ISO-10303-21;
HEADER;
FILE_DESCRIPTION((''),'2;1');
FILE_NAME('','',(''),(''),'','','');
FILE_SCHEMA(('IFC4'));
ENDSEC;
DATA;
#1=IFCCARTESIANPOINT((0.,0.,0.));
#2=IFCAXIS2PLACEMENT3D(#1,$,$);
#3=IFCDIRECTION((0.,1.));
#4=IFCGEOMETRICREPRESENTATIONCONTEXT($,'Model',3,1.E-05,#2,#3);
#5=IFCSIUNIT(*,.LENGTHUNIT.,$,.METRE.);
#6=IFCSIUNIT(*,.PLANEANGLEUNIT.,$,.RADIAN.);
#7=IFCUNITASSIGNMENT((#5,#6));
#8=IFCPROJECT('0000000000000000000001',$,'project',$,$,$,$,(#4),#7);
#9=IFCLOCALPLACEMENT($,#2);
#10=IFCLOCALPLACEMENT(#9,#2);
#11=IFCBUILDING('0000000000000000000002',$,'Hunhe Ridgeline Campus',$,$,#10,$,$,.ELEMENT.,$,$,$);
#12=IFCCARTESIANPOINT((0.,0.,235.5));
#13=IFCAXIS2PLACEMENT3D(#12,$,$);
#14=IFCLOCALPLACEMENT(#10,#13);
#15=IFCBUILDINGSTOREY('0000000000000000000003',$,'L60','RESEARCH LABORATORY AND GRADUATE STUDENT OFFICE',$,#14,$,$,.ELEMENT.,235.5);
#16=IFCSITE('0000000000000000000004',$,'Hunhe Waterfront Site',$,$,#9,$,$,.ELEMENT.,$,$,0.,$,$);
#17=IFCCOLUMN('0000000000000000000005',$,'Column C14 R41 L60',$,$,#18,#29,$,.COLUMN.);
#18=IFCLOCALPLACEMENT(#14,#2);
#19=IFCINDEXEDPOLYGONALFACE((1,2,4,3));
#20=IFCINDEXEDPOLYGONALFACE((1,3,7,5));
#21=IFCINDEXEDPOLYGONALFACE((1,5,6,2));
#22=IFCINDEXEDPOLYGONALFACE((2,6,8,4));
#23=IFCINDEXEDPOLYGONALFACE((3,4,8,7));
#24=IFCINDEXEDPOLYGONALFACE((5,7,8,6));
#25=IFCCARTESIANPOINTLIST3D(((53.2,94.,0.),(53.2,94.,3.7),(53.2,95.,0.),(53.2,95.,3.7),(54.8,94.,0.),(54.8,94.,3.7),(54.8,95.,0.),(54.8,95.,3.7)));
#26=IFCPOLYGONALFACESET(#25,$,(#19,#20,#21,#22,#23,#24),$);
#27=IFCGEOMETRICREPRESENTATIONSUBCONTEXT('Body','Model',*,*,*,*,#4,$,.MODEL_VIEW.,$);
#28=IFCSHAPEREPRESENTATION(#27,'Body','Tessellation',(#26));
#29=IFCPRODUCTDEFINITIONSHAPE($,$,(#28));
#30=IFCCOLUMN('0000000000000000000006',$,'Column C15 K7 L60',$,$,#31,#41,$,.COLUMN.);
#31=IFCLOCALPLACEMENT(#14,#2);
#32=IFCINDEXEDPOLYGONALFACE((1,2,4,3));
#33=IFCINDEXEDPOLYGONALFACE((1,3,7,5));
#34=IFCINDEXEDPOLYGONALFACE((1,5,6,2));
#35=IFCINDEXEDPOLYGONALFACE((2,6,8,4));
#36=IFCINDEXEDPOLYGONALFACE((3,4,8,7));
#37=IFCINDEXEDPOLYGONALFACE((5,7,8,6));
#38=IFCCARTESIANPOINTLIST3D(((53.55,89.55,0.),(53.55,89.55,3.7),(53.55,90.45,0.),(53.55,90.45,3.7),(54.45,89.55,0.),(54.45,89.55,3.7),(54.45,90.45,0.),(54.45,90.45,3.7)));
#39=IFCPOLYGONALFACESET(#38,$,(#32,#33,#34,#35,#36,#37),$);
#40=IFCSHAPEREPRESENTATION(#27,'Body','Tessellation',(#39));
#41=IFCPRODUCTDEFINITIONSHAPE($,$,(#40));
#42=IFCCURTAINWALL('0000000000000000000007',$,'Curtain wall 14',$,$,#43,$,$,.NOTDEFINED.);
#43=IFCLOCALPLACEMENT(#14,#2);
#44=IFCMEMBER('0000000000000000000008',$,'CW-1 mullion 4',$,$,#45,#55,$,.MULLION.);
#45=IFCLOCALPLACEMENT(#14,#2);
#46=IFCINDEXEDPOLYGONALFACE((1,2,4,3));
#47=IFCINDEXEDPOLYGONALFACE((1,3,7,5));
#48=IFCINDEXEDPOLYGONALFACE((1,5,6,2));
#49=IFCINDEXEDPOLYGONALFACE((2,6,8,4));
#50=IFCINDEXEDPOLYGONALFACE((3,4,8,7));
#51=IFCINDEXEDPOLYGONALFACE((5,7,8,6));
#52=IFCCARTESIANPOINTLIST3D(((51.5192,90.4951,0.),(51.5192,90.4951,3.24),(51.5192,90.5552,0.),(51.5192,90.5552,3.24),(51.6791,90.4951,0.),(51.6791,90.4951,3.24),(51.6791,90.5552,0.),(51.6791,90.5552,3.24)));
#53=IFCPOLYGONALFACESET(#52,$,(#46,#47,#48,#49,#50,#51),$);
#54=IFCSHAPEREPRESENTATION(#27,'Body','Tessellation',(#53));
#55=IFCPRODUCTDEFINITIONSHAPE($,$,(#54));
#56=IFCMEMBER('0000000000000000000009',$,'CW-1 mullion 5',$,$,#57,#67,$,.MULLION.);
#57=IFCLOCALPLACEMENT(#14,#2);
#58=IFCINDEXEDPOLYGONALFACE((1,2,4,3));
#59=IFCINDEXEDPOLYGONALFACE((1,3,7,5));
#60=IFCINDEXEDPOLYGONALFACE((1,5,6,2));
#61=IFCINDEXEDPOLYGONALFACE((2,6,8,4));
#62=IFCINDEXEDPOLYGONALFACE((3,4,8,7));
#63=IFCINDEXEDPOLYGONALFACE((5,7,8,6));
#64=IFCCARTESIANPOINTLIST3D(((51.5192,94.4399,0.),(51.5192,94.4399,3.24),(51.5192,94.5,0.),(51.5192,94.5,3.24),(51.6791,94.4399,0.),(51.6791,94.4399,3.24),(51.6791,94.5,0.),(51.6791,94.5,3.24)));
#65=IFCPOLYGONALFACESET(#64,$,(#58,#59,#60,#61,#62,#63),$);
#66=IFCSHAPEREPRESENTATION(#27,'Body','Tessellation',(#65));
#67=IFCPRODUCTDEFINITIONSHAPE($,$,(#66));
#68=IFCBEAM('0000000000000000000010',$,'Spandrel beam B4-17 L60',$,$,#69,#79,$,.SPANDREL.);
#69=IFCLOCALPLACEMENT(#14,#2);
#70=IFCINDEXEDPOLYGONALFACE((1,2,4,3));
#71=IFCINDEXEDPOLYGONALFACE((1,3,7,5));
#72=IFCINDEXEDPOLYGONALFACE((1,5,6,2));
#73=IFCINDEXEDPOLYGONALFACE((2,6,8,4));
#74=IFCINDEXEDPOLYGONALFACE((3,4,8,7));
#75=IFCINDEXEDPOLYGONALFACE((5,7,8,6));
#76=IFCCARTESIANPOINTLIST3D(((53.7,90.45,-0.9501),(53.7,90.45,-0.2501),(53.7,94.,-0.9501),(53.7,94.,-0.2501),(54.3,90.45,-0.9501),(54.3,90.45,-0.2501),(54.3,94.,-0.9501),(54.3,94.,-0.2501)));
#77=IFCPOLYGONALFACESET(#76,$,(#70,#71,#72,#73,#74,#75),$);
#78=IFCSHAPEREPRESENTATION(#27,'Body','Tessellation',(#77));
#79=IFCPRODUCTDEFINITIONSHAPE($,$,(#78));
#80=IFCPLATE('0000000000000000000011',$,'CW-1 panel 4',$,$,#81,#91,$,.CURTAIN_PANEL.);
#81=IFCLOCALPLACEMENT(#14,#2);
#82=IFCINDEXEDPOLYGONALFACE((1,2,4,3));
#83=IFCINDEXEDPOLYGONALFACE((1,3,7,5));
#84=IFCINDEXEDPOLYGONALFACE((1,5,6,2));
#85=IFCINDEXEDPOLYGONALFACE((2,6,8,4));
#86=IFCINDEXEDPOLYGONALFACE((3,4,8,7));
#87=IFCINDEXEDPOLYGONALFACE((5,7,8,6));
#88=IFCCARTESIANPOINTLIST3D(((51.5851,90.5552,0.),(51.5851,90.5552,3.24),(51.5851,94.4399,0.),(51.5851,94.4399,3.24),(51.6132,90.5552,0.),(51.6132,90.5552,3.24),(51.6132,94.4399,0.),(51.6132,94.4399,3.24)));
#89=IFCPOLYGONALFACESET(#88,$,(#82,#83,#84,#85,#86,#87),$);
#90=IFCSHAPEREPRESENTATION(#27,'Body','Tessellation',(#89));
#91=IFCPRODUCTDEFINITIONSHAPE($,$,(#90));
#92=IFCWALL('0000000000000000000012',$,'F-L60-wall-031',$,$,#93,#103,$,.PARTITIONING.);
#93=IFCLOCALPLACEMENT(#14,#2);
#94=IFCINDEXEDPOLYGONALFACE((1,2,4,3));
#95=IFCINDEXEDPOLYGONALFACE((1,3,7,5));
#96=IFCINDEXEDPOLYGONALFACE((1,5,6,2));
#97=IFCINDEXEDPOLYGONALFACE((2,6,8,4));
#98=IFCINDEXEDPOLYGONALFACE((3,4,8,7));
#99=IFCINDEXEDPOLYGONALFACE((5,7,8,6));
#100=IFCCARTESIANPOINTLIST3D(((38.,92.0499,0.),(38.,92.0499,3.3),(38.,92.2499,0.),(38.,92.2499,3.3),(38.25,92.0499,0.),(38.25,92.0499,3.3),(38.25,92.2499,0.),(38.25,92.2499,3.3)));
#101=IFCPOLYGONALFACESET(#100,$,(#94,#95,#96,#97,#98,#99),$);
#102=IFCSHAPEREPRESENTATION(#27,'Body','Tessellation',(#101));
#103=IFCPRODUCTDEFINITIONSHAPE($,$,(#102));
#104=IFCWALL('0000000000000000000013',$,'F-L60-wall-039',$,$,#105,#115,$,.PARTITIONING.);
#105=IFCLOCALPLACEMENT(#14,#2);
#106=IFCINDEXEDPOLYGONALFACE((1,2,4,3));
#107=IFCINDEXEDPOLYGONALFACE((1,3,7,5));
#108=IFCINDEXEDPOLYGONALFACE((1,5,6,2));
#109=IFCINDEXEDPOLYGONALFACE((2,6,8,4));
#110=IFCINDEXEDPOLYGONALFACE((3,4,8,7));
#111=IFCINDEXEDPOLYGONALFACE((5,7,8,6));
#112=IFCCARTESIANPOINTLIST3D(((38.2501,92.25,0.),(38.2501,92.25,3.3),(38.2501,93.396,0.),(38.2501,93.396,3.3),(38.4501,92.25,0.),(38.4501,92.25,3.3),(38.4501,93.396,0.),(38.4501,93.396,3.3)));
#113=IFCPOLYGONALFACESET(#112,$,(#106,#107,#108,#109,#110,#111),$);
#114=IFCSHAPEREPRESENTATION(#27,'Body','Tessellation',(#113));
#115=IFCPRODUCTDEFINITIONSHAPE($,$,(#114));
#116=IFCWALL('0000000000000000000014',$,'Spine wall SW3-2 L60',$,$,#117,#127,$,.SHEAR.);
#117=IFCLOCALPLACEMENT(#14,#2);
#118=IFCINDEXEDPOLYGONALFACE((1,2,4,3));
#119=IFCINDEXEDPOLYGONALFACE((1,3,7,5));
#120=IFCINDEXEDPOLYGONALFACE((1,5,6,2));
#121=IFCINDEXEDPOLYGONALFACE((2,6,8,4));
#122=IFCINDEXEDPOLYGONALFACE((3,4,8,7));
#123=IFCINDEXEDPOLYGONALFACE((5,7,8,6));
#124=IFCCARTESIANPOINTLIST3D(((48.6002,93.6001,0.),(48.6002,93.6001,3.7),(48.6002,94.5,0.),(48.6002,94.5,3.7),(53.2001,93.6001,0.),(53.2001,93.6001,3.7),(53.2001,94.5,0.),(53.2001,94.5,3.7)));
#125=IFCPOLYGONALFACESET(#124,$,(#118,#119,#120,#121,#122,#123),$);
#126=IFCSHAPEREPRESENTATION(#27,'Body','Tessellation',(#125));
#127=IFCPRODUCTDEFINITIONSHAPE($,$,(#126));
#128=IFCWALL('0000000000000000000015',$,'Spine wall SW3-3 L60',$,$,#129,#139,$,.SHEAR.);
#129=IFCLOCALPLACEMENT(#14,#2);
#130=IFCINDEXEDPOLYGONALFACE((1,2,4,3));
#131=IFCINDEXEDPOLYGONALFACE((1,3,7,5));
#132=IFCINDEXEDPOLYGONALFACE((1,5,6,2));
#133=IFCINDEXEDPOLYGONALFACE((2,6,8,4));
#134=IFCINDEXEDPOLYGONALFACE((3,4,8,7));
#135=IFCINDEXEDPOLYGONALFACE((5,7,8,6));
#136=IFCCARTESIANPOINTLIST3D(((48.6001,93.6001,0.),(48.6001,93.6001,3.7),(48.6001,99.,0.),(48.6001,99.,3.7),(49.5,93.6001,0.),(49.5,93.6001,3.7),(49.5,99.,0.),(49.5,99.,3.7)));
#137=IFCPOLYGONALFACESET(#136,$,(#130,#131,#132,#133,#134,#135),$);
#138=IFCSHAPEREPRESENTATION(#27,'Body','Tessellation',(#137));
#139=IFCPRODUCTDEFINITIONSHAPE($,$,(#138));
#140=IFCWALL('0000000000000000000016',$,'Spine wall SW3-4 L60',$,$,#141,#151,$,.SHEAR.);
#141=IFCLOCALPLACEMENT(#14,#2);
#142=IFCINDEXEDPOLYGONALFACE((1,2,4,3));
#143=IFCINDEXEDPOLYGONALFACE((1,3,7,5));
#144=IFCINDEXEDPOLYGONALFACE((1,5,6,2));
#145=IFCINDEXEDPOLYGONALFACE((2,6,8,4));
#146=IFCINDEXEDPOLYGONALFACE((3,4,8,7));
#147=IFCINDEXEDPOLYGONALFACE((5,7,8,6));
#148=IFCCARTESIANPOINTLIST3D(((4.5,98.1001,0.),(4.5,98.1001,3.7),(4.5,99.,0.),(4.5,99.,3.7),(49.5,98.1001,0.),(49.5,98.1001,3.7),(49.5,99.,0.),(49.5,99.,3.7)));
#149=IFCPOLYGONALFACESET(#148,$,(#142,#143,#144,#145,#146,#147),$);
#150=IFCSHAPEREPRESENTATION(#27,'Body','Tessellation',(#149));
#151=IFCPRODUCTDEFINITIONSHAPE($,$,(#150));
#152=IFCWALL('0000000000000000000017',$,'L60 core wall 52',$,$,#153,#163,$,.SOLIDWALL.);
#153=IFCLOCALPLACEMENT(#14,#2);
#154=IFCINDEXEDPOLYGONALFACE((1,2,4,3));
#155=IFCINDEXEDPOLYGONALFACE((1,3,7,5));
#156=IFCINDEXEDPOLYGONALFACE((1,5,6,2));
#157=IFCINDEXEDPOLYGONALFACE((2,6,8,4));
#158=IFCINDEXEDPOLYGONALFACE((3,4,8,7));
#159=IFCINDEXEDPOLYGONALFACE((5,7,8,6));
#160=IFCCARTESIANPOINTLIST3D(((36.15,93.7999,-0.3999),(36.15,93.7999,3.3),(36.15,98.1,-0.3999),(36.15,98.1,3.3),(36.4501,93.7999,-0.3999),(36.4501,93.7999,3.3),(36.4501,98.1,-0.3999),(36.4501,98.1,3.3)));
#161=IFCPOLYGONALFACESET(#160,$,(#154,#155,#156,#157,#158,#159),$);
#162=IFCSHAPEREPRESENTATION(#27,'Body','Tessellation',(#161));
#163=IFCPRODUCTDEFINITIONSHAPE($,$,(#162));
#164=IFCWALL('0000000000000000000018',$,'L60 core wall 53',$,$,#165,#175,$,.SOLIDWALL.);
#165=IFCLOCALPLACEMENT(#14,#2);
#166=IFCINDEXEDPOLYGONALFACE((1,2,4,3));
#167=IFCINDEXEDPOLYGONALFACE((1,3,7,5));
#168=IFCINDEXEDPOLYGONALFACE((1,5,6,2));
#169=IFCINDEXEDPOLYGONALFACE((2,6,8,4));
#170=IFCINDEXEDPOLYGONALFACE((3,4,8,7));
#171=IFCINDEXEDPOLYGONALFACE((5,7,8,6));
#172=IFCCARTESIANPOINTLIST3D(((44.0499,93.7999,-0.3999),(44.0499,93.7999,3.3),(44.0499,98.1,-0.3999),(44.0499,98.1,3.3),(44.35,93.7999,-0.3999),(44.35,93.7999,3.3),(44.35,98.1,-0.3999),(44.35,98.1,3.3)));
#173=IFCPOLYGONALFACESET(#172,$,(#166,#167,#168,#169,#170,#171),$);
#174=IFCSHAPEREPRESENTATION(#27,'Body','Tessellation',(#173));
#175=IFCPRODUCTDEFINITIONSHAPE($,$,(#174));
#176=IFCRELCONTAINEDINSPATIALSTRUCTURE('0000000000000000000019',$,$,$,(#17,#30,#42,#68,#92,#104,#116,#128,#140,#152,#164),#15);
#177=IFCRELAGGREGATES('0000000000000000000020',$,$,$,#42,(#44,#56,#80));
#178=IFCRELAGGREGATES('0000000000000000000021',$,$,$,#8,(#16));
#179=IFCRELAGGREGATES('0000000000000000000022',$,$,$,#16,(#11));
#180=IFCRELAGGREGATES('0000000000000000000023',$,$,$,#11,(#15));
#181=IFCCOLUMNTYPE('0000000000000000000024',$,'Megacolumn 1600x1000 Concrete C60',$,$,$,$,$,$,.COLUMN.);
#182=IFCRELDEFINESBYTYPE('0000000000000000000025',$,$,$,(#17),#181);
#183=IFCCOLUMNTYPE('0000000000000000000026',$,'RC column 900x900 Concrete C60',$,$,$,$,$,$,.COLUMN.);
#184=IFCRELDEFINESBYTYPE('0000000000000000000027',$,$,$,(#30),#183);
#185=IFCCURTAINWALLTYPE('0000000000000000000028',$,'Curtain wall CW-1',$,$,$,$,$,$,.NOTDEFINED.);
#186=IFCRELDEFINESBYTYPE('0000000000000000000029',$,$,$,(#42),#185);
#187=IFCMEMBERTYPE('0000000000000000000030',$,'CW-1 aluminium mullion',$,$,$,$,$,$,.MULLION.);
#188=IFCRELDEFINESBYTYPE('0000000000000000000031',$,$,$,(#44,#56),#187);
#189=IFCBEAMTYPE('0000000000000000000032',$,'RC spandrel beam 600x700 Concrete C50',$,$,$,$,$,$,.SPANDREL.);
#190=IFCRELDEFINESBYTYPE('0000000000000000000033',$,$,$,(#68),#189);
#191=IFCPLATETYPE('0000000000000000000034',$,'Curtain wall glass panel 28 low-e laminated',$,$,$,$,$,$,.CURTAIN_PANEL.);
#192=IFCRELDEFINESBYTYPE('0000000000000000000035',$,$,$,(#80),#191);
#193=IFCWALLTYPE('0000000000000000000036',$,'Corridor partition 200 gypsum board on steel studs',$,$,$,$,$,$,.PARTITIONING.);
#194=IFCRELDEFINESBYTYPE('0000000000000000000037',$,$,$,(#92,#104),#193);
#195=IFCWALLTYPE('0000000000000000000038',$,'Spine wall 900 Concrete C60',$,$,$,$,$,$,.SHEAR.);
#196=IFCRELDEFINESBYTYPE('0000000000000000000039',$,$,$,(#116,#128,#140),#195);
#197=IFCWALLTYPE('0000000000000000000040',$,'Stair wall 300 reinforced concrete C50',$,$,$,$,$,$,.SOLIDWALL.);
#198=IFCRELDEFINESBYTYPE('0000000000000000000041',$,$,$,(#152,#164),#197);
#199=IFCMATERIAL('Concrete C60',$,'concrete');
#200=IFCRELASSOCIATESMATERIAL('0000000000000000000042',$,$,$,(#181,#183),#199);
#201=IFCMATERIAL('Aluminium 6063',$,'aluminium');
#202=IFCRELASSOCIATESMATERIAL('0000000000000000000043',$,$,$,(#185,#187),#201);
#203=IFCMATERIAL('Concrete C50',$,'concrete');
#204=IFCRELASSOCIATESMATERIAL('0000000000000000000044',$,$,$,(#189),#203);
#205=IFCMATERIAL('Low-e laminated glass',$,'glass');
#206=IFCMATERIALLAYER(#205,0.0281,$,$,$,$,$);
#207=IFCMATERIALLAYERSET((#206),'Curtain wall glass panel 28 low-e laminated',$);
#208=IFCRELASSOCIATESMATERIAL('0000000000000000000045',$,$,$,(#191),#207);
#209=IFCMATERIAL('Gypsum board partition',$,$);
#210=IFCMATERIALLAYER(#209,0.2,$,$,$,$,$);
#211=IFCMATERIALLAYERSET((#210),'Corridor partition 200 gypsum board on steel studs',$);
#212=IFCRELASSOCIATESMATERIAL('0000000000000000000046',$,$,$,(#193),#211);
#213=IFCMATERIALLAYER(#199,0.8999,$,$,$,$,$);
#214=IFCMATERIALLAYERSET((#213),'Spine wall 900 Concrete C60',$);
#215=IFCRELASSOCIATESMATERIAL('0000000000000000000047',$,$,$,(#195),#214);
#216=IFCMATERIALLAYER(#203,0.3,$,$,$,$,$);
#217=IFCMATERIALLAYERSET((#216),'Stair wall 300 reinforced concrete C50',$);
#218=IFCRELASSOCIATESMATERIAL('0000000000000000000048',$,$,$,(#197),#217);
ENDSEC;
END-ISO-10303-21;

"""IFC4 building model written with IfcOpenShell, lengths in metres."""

from ifc_helpers import new_model, si_unit, direction, frame, frame_2d, origin, origin_2d, place, context, subcontext, project, spatial, rectangle, extrude, material, layer, layer_set, material_profile, profile_set, type_object, element, aggregate, save


model = new_model("IFC4")

# Units and contexts
model_context = context("Model", 3, precision=1e-05, world=origin(), true_north=direction((0.0, 1.0)))
body_context = subcontext(model_context, "Body", "Model", "MODEL_VIEW")
ifc_project = project(units=[si_unit("LENGTHUNIT", "METRE"), si_unit("PLANEANGLEUNIT", "RADIAN")], contexts=[model_context])

# Site, building, storey
site_placement = place(None, origin())
site = spatial("IfcSite", under=ifc_project, at=site_placement, Name="Hunhe Waterfront Site", CompositionType="ELEMENT", RefElevation=0.0)
building_placement = place(site_placement, origin())
building = spatial("IfcBuilding", under=site, at=building_placement, Name="Hunhe Ridgeline Campus", CompositionType="ELEMENT")
storey_placement = place(building_placement, frame((0.0, 0.0, 235.5)))
storey = spatial("IfcBuildingStorey", under=building, at=storey_placement, Name="L60", Description="RESEARCH LABORATORY AND GRADUATE STUDENT OFFICE", CompositionType="ELEMENT", Elevation=235.5)

# Columns
ifc_material_1 = material(Name="Concrete C60", Category="concrete")
ifc_material_profile_1 = material_profile(ifc_material_1, rectangle(XDim=1.6001, YDim=1.0, at=origin_2d()))
ifc_profile_set_1 = profile_set([ifc_material_profile_1], Name="Concrete C60")
column_type_1 = type_object("IfcColumnType", Name="Megacolumn 1600x1000 Concrete C60", PredefinedType="COLUMN", material=ifc_profile_set_1)
column_1_placement = place(storey_placement, frame((54.0, 94.5, 0.0), z_axis=(0.0, 0.0, 1.0), x_axis=(1.0, 0.0, 0.0)))
element("IfcColumn", 1, at=column_1_placement, inside=storey, type_object=column_type_1, Name="Column C14 R41 L60", PredefinedType="COLUMN", context=body_context, shape_type="SweptSolid", body=[
    extrude(rectangle(XDim=1.6001, YDim=1.0, at=origin_2d()), origin(), (0.0, 0.0, 1.0), 3.7),
])
ifc_material_profile_2 = material_profile(ifc_material_1, rectangle(XDim=0.8999, YDim=0.8999, at=origin_2d()))
ifc_profile_set_2 = profile_set([ifc_material_profile_2], Name="Concrete C60")
column_type_2 = type_object("IfcColumnType", Name="RC column 900x900 Concrete C60", PredefinedType="COLUMN", material=ifc_profile_set_2)
column_2_placement = place(storey_placement, frame((54.0, 90.0, 0.0), z_axis=(0.0, 0.0, 1.0), x_axis=(1.0, 0.0, 0.0)))
element("IfcColumn", 2, at=column_2_placement, inside=storey, type_object=column_type_2, Name="Column C15 K7 L60", PredefinedType="COLUMN", context=body_context, shape_type="SweptSolid", body=[
    extrude(rectangle(XDim=0.8999, YDim=0.8999, at=origin_2d()), origin(), (0.0, 0.0, 1.0), 3.7),
])

# Curtain wall, members
ifc_material_2 = material(Name="Aluminium 6063", Category="aluminium")
curtain_wall_type = type_object("IfcCurtainWallType", Name="Curtain wall CW-1", PredefinedType="NOTDEFINED", material=ifc_material_2)
curtain_wall_placement = place(storey_placement, origin())
curtain_wall = element("IfcCurtainWall", 3, at=curtain_wall_placement, inside=storey, type_object=curtain_wall_type, Name="Curtain wall 14", PredefinedType="NOTDEFINED")
ifc_material_profile_3 = material_profile(ifc_material_2, rectangle(XDim=0.1599, YDim=0.0601, at=origin_2d()))
ifc_profile_set_3 = profile_set([ifc_material_profile_3], Name="Aluminium 6063")
member_type = type_object("IfcMemberType", Name="CW-1 aluminium mullion", PredefinedType="MULLION", material=ifc_profile_set_3)
member_1_placement = place(storey_placement, frame((51.5991, 90.5251, 0.0), z_axis=(0.0, 0.0, 1.0), x_axis=(-1.0, 0.0, 0.0)))
member_1 = element("IfcMember", 4, at=member_1_placement, type_object=member_type, Name="CW-1 mullion 4", PredefinedType="MULLION", context=body_context, shape_type="SweptSolid", body=[
    extrude(rectangle(XDim=0.1599, YDim=0.0601, at=origin_2d()), origin(), (0.0, 0.0, 1.0), 3.24),
])
member_2_placement = place(storey_placement, frame((51.5991, 94.47, 0.0), z_axis=(0.0, 0.0, 1.0), x_axis=(-1.0, 0.0, 0.0)))
member_2 = element("IfcMember", 5, at=member_2_placement, type_object=member_type, Name="CW-1 mullion 5", PredefinedType="MULLION", context=body_context, shape_type="SweptSolid", body=[
    extrude(rectangle(XDim=0.1599, YDim=0.0601, at=origin_2d()), origin(), (0.0, 0.0, 1.0), 3.24),
])

# Beam
ifc_material_3 = material(Name="Concrete C50", Category="concrete")
ifc_material_profile_4 = material_profile(ifc_material_3, rectangle(XDim=0.6001, YDim=0.7, at=origin_2d()))
ifc_profile_set_4 = profile_set([ifc_material_profile_4], Name="Concrete C50")
beam_type = type_object("IfcBeamType", Name="RC spandrel beam 600x700 Concrete C50", PredefinedType="SPANDREL", material=ifc_profile_set_4)
beam_placement = place(storey_placement, frame((54.0, 90.45, -0.6001), z_axis=(0.0, 1.0, 0.0), x_axis=(-1.0, 0.0, 0.0)))
element("IfcBeam", 6, at=beam_placement, inside=storey, type_object=beam_type, Name="Spandrel beam B4-17 L60", PredefinedType="SPANDREL", context=body_context, shape_type="SweptSolid", body=[
    extrude(rectangle(XDim=0.6001, YDim=0.7, at=origin_2d()), origin(), (0.0, 0.0, 1.0), 3.55),
])

# Plate
ifc_material_4 = material(Name="Low-e laminated glass", Category="glass")
ifc_layer_1 = layer(ifc_material_4, 0.0281)
ifc_layer_set_1 = layer_set([ifc_layer_1], Name="Curtain wall glass panel 28 low-e laminated")
plate_type = type_object("IfcPlateType", Name="Curtain wall glass panel 28 low-e laminated", PredefinedType="CURTAIN_PANEL", material=ifc_layer_set_1)
plate_placement = place(storey_placement, frame((51.5991, 92.4976, 0.0), z_axis=(0.0, 0.0, 1.0), x_axis=(0.0, 1.0, 0.0)))
plate = element("IfcPlate", 7, at=plate_placement, type_object=plate_type, Name="CW-1 panel 4", PredefinedType="CURTAIN_PANEL", context=body_context, shape_type="SweptSolid", body=[
    extrude(rectangle(XDim=3.8848, YDim=0.0281, at=origin_2d()), origin(), (0.0, 0.0, 1.0), 3.24),
])
aggregate(curtain_wall, [member_1, member_2, plate])

# Wall
ifc_material_5 = material(Name="Gypsum board partition")
ifc_layer_2 = layer(ifc_material_5, 0.2)
ifc_layer_set_2 = layer_set([ifc_layer_2], Name="Corridor partition 200 gypsum board on steel studs")
wall_type_1 = type_object("IfcWallType", Name="Corridor partition 200 gypsum board on steel studs", PredefinedType="PARTITIONING", material=ifc_layer_set_2)
wall_1_placement = place(storey_placement, frame((38.25, 92.1499, 0.0), z_axis=(0.0, 0.0, 1.0), x_axis=(-1.0, 0.0, 0.0)))
element("IfcWall", 8, at=wall_1_placement, inside=storey, type_object=wall_type_1, Name="F-L60-wall-031", PredefinedType="PARTITIONING", context=body_context, shape_type="SweptSolid", body=[
    extrude(rectangle(XDim=0.25, YDim=0.2, at=frame_2d((0.125, 0.0))), origin(), (0.0, 0.0, 1.0), 3.3),
])

# Walls
wall_2_placement = place(storey_placement, frame((38.3501, 93.396, 0.0), z_axis=(0.0, 0.0, 1.0), x_axis=(0.0, -1.0, 0.0)))
element("IfcWall", 9, at=wall_2_placement, inside=storey, type_object=wall_type_1, Name="F-L60-wall-039", PredefinedType="PARTITIONING", context=body_context, shape_type="SweptSolid", body=[
    extrude(rectangle(XDim=1.146, YDim=0.2, at=frame_2d((0.573, 0.0))), origin(), (0.0, 0.0, 1.0), 3.3),
])
ifc_layer_3 = layer(ifc_material_1, 0.8999)
ifc_layer_set_3 = layer_set([ifc_layer_3], Name="Spine wall 900 Concrete C60")
wall_type_2 = type_object("IfcWallType", Name="Spine wall 900 Concrete C60", PredefinedType="SHEAR", material=ifc_layer_set_3)
wall_3_placement = place(storey_placement, frame((53.2, 94.05, 0.0), z_axis=(0.0, 0.0, 1.0), x_axis=(-1.0, 0.0, 0.0)))
element("IfcWall", 10, at=wall_3_placement, inside=storey, type_object=wall_type_2, Name="Spine wall SW3-2 L60", PredefinedType="SHEAR", context=body_context, shape_type="SweptSolid", body=[
    extrude(rectangle(XDim=4.5999, YDim=0.8999, at=frame_2d((2.2998, 0.0))), origin(), (0.0, 0.0, 1.0), 3.7),
])
wall_4_placement = place(storey_placement, frame((49.05, 93.6001, 0.0), z_axis=(0.0, 0.0, 1.0), x_axis=(0.0, 1.0, 0.0)))
element("IfcWall", 11, at=wall_4_placement, inside=storey, type_object=wall_type_2, Name="Spine wall SW3-3 L60", PredefinedType="SHEAR", context=body_context, shape_type="SweptSolid", body=[
    extrude(rectangle(XDim=5.3999, YDim=0.8999, at=frame_2d((2.7, 0.0))), origin(), (0.0, 0.0, 1.0), 3.7),
])
wall_5_placement = place(storey_placement, frame((49.5, 98.55, 0.0), z_axis=(0.0, 0.0, 1.0), x_axis=(-1.0, 0.0, 0.0)))
element("IfcWall", 12, at=wall_5_placement, inside=storey, type_object=wall_type_2, Name="Spine wall SW3-4 L60", PredefinedType="SHEAR", context=body_context, shape_type="SweptSolid", body=[
    extrude(rectangle(XDim=45.0, YDim=0.8999, at=frame_2d((22.5, 0.0))), origin(), (0.0, 0.0, 1.0), 3.7),
])

# Shared definitions
ifc_layer_4 = layer(ifc_material_3, 0.3)
ifc_layer_set_4 = layer_set([ifc_layer_4], Name="Stair wall 300 reinforced concrete C50")
wall_type_3 = type_object("IfcWallType", Name="Stair wall 300 reinforced concrete C50", PredefinedType="SOLIDWALL", material=ifc_layer_set_4)

# Walls
for number, where, z_axis, x_axis, name in (
    (13, (36.3, 93.8, -0.3999), (0.0, 0.0, 1.0), (0.0, 1.0, 0.0), "L60 core wall 52"),
    (14, (44.2, 93.8, -0.3999), (0.0, 0.0, 1.0), (0.0, 1.0, 0.0), "L60 core wall 53"),
):
    element("IfcWall", number, at=place(storey_placement, frame(where, z_axis=z_axis, x_axis=x_axis)), inside=storey, type_object=wall_type_3, Name=name, PredefinedType="SOLIDWALL", context=body_context, shape_type="SweptSolid", body=[
        extrude(rectangle(XDim=4.3, YDim=0.3, at=frame_2d((2.1499, 0.0))), origin(), (0.0, 0.0, 1.0), 3.7),
    ])

save(model, "model.ifc")
